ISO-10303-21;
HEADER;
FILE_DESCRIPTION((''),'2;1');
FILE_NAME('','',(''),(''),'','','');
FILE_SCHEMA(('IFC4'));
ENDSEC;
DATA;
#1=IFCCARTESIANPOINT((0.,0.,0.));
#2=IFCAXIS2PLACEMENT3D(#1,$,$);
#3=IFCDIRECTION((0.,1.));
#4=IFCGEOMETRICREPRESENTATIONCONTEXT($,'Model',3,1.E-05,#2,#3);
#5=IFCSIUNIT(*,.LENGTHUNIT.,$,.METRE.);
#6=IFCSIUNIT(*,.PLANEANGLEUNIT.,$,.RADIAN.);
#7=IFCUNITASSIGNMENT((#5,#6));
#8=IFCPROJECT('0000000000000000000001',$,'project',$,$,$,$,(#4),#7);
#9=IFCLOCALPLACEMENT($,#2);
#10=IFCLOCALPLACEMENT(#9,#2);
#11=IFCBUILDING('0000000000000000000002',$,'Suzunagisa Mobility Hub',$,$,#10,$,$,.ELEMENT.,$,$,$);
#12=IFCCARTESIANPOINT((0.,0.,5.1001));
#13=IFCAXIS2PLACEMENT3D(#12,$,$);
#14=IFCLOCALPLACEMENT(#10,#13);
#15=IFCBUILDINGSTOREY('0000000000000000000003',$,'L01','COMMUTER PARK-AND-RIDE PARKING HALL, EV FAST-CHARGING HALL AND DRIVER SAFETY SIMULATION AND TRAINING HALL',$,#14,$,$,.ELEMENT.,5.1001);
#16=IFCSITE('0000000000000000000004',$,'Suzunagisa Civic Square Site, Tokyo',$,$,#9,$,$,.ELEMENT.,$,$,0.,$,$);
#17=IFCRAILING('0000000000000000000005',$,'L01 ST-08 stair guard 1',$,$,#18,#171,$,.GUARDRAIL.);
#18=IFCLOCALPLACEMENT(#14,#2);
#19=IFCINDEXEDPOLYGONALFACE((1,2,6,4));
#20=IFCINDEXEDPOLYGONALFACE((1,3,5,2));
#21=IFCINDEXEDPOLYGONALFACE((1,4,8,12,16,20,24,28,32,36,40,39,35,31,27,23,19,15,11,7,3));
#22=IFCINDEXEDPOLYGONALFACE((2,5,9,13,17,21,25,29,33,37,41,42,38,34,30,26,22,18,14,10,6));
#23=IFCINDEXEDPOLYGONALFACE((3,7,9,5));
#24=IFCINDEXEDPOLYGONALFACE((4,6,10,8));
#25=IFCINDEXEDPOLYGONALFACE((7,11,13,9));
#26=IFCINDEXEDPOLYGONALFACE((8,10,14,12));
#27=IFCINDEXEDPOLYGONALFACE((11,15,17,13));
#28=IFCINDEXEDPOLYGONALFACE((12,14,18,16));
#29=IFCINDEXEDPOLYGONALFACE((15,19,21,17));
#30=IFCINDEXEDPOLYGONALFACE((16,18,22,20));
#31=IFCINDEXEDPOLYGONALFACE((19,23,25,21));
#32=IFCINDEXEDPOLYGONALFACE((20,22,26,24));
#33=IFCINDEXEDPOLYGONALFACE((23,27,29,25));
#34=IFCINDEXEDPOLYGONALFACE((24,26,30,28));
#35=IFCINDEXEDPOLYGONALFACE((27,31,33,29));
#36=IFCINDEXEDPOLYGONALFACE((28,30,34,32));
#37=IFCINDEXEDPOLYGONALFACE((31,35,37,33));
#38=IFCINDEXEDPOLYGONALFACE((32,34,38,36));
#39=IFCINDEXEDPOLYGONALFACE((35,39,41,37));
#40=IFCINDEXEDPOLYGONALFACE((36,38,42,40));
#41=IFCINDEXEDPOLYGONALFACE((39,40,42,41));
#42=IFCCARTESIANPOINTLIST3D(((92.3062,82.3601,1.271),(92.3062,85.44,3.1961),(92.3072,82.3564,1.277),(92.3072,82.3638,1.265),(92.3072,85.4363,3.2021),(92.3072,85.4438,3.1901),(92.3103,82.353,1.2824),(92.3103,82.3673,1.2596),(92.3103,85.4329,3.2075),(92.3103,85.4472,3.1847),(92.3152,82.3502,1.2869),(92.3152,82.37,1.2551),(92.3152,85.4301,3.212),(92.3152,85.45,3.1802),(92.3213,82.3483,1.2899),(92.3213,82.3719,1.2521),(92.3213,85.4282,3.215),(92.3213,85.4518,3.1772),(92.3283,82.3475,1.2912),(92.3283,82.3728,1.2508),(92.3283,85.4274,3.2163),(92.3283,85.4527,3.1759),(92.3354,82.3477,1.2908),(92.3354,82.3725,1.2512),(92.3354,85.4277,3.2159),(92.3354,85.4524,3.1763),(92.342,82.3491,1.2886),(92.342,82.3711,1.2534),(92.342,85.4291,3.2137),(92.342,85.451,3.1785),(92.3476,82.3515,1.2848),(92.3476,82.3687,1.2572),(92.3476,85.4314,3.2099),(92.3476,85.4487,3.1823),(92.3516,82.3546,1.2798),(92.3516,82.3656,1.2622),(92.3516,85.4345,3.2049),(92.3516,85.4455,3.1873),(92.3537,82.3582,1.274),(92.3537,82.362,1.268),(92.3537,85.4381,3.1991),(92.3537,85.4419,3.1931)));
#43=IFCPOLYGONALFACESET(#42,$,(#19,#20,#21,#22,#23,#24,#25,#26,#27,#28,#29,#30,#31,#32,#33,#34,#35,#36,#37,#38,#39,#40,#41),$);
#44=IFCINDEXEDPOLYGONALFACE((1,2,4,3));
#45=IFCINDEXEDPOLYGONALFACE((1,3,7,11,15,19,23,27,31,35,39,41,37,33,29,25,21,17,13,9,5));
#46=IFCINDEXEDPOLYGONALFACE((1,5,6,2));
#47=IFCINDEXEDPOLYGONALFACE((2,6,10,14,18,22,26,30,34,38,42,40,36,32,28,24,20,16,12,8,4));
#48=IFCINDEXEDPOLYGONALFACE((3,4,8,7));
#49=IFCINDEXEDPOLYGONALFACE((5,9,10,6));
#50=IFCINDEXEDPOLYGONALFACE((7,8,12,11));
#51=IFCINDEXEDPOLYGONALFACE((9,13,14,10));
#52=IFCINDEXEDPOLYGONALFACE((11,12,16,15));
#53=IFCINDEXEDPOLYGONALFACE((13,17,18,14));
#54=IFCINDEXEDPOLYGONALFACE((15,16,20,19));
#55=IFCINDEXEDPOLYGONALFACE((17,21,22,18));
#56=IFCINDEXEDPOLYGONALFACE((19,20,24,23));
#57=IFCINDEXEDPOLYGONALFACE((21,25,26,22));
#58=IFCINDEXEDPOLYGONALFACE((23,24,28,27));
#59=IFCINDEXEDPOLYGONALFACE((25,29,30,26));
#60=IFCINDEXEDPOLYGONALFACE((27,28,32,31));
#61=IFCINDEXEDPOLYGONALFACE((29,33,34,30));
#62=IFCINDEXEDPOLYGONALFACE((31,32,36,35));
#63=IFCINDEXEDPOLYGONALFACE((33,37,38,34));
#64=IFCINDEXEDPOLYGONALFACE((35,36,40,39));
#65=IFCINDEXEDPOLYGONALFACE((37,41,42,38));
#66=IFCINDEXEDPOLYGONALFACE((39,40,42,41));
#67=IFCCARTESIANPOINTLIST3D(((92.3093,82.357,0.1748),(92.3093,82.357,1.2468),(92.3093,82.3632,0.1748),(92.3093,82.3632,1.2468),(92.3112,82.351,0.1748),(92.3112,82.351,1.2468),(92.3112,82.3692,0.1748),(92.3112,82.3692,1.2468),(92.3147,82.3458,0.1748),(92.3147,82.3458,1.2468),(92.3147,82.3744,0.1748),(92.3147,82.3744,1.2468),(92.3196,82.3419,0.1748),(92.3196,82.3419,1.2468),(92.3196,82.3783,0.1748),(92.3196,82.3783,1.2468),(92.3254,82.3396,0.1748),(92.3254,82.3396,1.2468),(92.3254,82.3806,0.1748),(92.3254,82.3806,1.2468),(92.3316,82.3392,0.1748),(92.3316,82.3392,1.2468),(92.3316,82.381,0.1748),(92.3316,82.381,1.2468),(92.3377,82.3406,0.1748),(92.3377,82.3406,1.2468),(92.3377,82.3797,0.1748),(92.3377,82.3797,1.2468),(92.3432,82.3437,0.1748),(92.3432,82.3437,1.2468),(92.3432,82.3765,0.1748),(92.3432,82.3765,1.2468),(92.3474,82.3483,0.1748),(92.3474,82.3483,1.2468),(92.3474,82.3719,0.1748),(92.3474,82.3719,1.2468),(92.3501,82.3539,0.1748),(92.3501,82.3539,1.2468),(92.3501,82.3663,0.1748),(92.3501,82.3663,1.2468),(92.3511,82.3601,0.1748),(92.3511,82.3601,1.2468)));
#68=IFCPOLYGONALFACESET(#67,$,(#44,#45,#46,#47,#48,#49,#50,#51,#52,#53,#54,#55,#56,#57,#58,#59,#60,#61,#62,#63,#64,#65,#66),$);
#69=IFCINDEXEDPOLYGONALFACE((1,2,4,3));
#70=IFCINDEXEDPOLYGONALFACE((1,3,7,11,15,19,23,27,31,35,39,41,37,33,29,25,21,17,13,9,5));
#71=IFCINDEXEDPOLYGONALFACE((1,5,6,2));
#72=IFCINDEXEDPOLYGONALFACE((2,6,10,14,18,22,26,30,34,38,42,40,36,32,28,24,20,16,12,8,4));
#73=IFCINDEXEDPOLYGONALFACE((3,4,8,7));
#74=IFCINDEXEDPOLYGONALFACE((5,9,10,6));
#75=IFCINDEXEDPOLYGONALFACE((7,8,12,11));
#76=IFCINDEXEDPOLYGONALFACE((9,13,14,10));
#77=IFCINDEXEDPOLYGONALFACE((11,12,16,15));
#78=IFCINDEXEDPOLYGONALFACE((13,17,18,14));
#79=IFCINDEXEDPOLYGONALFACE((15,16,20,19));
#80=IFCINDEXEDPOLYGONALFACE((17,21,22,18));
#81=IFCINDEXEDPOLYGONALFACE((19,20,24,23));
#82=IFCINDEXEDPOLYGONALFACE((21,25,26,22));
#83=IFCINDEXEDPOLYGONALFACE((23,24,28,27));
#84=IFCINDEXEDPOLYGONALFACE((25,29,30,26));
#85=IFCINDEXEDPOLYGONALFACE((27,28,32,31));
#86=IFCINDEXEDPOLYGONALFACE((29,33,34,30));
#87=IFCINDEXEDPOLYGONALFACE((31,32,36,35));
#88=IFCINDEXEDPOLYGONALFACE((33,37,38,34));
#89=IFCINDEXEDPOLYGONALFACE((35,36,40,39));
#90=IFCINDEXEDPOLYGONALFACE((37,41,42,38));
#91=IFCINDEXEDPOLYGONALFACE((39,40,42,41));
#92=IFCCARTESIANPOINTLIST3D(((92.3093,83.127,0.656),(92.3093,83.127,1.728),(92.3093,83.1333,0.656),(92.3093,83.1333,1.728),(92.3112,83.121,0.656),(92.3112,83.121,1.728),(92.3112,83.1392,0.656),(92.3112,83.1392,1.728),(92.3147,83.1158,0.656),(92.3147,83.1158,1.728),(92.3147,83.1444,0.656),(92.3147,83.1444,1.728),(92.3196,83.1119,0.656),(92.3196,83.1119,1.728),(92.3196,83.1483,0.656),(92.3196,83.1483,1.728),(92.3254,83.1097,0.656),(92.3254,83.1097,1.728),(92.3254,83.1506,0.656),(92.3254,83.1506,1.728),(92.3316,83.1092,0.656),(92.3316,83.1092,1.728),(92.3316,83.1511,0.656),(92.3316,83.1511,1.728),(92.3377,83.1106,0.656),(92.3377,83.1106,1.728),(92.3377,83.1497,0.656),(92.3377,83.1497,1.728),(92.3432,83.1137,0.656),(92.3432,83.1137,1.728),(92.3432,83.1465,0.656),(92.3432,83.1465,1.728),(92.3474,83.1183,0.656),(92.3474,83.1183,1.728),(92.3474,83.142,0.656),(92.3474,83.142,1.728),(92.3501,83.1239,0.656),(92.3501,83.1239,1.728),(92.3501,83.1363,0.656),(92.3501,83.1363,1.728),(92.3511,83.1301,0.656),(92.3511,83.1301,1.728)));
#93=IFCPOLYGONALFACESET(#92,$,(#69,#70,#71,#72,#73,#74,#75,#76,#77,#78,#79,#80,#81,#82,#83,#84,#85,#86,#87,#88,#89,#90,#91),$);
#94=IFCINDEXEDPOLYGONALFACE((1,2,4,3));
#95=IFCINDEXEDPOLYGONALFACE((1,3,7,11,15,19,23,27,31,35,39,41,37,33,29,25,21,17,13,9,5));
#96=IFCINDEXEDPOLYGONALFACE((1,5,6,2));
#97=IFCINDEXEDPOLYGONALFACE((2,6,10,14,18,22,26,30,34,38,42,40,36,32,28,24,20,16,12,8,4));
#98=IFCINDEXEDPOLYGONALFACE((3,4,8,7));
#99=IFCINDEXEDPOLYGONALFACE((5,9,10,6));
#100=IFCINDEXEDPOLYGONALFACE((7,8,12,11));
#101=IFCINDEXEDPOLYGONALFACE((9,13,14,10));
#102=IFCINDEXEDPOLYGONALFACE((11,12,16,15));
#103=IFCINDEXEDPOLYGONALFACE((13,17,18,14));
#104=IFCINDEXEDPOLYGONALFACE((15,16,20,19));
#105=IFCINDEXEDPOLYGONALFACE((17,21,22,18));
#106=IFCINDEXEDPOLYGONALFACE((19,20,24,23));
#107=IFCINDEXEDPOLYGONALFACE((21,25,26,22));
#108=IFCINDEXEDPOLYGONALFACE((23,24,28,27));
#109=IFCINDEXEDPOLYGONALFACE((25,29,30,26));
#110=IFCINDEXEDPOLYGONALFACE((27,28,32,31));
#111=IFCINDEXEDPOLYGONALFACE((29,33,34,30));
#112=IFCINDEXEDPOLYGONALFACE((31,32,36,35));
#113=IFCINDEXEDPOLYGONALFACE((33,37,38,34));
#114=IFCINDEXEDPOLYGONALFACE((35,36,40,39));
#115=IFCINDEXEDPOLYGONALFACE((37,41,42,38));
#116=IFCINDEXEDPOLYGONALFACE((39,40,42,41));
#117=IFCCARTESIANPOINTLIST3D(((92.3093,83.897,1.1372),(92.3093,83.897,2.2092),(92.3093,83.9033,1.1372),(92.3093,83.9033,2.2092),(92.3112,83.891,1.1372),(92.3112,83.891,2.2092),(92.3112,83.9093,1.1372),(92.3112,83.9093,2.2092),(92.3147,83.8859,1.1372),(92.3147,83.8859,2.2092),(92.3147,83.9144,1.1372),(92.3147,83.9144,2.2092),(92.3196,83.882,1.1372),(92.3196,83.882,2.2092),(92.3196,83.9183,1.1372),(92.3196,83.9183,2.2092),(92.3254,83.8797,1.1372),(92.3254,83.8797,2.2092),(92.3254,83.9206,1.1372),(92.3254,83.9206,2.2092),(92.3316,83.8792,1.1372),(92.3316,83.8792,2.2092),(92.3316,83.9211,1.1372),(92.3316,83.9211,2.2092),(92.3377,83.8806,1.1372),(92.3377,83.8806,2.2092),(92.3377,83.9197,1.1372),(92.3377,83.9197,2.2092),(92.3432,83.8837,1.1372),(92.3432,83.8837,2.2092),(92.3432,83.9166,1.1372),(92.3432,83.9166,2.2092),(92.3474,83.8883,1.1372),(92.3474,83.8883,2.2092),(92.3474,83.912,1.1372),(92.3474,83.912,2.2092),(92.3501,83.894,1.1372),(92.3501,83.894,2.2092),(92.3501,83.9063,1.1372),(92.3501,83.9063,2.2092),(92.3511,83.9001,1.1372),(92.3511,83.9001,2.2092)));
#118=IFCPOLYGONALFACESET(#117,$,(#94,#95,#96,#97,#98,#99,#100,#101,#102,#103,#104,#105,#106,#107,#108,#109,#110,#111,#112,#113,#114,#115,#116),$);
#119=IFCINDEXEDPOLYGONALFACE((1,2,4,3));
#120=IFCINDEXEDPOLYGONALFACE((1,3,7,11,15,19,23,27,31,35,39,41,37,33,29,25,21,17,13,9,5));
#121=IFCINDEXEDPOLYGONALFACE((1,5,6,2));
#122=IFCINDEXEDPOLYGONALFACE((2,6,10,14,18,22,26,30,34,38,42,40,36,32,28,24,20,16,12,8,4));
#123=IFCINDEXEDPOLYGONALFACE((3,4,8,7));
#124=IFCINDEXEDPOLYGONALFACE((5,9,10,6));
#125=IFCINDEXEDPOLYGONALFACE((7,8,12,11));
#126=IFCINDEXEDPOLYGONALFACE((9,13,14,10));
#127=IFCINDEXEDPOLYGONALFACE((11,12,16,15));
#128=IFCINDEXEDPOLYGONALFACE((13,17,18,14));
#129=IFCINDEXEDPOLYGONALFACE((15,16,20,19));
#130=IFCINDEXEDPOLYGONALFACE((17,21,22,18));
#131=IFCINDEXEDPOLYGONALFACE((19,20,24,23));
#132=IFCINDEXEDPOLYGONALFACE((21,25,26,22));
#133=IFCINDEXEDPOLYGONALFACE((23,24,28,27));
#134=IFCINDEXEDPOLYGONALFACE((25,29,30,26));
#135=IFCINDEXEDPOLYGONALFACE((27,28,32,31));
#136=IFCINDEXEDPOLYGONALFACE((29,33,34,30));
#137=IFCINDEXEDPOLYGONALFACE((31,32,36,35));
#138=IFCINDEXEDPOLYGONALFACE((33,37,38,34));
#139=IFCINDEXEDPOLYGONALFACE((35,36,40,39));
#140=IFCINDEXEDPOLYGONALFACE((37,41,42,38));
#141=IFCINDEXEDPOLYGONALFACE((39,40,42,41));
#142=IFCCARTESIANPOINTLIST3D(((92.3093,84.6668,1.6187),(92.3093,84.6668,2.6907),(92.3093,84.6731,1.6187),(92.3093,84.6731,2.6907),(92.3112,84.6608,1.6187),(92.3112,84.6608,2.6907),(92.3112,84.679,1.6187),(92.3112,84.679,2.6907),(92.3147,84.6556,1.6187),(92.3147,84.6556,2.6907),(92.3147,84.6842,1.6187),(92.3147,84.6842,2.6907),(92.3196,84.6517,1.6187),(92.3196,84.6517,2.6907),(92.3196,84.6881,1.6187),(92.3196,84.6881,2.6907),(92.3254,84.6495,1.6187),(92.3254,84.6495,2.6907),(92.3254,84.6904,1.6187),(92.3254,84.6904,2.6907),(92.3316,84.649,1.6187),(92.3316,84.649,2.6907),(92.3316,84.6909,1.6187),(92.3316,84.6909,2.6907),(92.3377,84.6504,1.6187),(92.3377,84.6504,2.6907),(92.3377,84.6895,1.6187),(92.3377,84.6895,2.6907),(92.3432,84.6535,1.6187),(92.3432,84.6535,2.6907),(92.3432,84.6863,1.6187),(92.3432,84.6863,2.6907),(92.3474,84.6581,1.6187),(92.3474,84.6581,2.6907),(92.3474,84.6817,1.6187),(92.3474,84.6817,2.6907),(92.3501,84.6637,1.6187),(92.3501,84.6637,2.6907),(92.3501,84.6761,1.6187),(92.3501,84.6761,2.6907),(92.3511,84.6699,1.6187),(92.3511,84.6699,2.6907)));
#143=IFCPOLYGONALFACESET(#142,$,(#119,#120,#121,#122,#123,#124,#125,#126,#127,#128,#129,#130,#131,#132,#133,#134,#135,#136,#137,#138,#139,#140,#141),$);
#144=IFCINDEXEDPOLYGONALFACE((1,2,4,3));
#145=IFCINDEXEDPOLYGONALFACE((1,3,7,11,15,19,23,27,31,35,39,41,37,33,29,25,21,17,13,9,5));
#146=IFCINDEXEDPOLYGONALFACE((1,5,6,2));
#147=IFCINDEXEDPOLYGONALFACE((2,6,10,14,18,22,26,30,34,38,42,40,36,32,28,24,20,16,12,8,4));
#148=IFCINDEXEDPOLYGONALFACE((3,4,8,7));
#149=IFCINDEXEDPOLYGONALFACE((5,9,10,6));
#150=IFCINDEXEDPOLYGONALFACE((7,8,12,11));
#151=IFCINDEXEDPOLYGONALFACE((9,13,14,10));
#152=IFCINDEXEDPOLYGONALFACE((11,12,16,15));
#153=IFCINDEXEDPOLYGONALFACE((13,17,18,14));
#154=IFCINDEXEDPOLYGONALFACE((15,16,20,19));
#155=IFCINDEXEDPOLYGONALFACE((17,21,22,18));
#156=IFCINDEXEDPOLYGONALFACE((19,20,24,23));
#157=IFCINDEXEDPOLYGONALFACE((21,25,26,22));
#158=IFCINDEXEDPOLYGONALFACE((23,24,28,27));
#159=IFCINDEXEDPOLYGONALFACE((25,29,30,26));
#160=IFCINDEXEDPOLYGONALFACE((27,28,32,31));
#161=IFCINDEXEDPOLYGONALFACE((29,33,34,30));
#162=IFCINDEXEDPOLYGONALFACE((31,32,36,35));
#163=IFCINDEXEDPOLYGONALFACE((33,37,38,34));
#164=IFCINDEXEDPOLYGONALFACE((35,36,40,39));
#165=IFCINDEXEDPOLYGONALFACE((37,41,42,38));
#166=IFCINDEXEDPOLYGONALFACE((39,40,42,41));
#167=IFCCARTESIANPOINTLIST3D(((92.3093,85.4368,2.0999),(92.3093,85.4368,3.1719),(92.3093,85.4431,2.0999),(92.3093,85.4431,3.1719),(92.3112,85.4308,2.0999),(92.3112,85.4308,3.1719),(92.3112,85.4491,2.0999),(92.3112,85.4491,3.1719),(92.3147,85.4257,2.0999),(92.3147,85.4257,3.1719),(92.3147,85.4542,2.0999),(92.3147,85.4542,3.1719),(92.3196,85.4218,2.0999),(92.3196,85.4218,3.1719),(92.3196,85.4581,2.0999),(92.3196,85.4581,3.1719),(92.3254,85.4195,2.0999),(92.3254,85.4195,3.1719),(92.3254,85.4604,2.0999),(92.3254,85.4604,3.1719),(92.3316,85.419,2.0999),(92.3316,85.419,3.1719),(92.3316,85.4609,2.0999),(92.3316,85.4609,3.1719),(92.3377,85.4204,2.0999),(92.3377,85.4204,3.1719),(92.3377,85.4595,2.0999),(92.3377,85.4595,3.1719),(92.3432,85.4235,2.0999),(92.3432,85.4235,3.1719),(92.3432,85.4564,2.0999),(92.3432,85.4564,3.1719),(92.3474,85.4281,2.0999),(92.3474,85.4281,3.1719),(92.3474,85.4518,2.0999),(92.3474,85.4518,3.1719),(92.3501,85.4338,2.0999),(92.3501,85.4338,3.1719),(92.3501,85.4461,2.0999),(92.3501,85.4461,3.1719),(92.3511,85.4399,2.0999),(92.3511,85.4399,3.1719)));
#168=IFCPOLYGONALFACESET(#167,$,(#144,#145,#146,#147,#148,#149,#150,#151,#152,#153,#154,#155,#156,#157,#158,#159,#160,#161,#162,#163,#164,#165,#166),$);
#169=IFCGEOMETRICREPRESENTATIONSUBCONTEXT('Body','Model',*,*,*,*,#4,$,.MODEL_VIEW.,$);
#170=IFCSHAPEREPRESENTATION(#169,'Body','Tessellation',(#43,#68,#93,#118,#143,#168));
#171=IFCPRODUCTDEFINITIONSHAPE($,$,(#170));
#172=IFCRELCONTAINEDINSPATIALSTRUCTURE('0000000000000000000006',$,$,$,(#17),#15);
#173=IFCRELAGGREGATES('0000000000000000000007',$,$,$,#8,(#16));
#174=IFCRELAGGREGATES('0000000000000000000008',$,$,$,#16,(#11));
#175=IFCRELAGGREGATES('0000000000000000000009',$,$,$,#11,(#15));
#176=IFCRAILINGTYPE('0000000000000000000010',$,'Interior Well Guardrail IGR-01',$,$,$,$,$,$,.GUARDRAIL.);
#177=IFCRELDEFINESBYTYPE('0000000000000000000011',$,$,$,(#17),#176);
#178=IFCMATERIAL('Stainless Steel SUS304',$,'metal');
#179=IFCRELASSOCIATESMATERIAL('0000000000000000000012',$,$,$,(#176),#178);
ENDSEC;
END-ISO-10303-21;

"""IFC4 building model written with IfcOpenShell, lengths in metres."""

from ifc_helpers import new_model, si_unit, direction, frame, origin, origin_2d, place, context, subcontext, project, spatial, circle, extrude, material, type_object, element, save


model = new_model("IFC4")

# Units and contexts
model_context = context("Model", 3, precision=1e-05, world=origin(), true_north=direction((0.0, 1.0)))
body_context = subcontext(model_context, "Body", "Model", "MODEL_VIEW")
ifc_project = project(units=[si_unit("LENGTHUNIT", "METRE"), si_unit("PLANEANGLEUNIT", "RADIAN")], contexts=[model_context])

# Site, building, storey
site_placement = place(None, origin())
site = spatial("IfcSite", under=ifc_project, at=site_placement, Name="Suzunagisa Civic Square Site, Tokyo", CompositionType="ELEMENT", RefElevation=0.0)
building_placement = place(site_placement, origin())
building = spatial("IfcBuilding", under=site, at=building_placement, Name="Suzunagisa Mobility Hub", CompositionType="ELEMENT")
storey_placement = place(building_placement, frame((0.0, 0.0, 5.1001)))
storey = spatial("IfcBuildingStorey", under=building, at=storey_placement, Name="L01", Description="COMMUTER PARK-AND-RIDE PARKING HALL, EV FAST-CHARGING HALL AND DRIVER SAFETY SIMULATION AND TRAINING HALL", CompositionType="ELEMENT", Elevation=5.1001)

# Railing
ifc_material_1 = material(Name="Stainless Steel SUS304", Category="metal")
railing_type_1 = type_object("IfcRailingType", Name="Interior Well Guardrail IGR-01", PredefinedType="GUARDRAIL", material=ifc_material_1)
railing_1_placement = place(storey_placement, frame((92.3301, 82.3601, 0.1748)))
element("IfcRailing", 1, at=railing_1_placement, inside=storey, type_object=railing_type_1, Name="L01 ST-08 stair guard 1", PredefinedType="GUARDRAIL", context=body_context, shape_type="SweptSolid", body=[
    extrude(circle(Radius=0.0239, at=origin_2d()), frame((0.0, 0.0, 1.0962), z_axis=(0.0, 0.847979, 0.530029), x_axis=(-1.0, 0.0, 0.0)), (0.0, 0.0, 1.0), 3.6321),
    extrude(circle(Radius=0.021, at=origin_2d()), origin(), (0.0, 0.0, 1.0), 1.072),
    extrude(circle(Radius=0.021, at=origin_2d()), frame((0.0, 0.77, 0.4812)), (0.0, 0.0, 1.0), 1.072),
    extrude(circle(Radius=0.021, at=origin_2d()), frame((0.0, 1.54, 0.9624)), (0.0, 0.0, 1.0), 1.072),
    extrude(circle(Radius=0.021, at=origin_2d()), frame((0.0, 2.3098, 1.4438)), (0.0, 0.0, 1.0), 1.072),
    extrude(circle(Radius=0.021, at=origin_2d()), frame((0.0, 3.0798, 1.925)), (0.0, 0.0, 1.0), 1.072),
])

save(model, "model.ifc")
